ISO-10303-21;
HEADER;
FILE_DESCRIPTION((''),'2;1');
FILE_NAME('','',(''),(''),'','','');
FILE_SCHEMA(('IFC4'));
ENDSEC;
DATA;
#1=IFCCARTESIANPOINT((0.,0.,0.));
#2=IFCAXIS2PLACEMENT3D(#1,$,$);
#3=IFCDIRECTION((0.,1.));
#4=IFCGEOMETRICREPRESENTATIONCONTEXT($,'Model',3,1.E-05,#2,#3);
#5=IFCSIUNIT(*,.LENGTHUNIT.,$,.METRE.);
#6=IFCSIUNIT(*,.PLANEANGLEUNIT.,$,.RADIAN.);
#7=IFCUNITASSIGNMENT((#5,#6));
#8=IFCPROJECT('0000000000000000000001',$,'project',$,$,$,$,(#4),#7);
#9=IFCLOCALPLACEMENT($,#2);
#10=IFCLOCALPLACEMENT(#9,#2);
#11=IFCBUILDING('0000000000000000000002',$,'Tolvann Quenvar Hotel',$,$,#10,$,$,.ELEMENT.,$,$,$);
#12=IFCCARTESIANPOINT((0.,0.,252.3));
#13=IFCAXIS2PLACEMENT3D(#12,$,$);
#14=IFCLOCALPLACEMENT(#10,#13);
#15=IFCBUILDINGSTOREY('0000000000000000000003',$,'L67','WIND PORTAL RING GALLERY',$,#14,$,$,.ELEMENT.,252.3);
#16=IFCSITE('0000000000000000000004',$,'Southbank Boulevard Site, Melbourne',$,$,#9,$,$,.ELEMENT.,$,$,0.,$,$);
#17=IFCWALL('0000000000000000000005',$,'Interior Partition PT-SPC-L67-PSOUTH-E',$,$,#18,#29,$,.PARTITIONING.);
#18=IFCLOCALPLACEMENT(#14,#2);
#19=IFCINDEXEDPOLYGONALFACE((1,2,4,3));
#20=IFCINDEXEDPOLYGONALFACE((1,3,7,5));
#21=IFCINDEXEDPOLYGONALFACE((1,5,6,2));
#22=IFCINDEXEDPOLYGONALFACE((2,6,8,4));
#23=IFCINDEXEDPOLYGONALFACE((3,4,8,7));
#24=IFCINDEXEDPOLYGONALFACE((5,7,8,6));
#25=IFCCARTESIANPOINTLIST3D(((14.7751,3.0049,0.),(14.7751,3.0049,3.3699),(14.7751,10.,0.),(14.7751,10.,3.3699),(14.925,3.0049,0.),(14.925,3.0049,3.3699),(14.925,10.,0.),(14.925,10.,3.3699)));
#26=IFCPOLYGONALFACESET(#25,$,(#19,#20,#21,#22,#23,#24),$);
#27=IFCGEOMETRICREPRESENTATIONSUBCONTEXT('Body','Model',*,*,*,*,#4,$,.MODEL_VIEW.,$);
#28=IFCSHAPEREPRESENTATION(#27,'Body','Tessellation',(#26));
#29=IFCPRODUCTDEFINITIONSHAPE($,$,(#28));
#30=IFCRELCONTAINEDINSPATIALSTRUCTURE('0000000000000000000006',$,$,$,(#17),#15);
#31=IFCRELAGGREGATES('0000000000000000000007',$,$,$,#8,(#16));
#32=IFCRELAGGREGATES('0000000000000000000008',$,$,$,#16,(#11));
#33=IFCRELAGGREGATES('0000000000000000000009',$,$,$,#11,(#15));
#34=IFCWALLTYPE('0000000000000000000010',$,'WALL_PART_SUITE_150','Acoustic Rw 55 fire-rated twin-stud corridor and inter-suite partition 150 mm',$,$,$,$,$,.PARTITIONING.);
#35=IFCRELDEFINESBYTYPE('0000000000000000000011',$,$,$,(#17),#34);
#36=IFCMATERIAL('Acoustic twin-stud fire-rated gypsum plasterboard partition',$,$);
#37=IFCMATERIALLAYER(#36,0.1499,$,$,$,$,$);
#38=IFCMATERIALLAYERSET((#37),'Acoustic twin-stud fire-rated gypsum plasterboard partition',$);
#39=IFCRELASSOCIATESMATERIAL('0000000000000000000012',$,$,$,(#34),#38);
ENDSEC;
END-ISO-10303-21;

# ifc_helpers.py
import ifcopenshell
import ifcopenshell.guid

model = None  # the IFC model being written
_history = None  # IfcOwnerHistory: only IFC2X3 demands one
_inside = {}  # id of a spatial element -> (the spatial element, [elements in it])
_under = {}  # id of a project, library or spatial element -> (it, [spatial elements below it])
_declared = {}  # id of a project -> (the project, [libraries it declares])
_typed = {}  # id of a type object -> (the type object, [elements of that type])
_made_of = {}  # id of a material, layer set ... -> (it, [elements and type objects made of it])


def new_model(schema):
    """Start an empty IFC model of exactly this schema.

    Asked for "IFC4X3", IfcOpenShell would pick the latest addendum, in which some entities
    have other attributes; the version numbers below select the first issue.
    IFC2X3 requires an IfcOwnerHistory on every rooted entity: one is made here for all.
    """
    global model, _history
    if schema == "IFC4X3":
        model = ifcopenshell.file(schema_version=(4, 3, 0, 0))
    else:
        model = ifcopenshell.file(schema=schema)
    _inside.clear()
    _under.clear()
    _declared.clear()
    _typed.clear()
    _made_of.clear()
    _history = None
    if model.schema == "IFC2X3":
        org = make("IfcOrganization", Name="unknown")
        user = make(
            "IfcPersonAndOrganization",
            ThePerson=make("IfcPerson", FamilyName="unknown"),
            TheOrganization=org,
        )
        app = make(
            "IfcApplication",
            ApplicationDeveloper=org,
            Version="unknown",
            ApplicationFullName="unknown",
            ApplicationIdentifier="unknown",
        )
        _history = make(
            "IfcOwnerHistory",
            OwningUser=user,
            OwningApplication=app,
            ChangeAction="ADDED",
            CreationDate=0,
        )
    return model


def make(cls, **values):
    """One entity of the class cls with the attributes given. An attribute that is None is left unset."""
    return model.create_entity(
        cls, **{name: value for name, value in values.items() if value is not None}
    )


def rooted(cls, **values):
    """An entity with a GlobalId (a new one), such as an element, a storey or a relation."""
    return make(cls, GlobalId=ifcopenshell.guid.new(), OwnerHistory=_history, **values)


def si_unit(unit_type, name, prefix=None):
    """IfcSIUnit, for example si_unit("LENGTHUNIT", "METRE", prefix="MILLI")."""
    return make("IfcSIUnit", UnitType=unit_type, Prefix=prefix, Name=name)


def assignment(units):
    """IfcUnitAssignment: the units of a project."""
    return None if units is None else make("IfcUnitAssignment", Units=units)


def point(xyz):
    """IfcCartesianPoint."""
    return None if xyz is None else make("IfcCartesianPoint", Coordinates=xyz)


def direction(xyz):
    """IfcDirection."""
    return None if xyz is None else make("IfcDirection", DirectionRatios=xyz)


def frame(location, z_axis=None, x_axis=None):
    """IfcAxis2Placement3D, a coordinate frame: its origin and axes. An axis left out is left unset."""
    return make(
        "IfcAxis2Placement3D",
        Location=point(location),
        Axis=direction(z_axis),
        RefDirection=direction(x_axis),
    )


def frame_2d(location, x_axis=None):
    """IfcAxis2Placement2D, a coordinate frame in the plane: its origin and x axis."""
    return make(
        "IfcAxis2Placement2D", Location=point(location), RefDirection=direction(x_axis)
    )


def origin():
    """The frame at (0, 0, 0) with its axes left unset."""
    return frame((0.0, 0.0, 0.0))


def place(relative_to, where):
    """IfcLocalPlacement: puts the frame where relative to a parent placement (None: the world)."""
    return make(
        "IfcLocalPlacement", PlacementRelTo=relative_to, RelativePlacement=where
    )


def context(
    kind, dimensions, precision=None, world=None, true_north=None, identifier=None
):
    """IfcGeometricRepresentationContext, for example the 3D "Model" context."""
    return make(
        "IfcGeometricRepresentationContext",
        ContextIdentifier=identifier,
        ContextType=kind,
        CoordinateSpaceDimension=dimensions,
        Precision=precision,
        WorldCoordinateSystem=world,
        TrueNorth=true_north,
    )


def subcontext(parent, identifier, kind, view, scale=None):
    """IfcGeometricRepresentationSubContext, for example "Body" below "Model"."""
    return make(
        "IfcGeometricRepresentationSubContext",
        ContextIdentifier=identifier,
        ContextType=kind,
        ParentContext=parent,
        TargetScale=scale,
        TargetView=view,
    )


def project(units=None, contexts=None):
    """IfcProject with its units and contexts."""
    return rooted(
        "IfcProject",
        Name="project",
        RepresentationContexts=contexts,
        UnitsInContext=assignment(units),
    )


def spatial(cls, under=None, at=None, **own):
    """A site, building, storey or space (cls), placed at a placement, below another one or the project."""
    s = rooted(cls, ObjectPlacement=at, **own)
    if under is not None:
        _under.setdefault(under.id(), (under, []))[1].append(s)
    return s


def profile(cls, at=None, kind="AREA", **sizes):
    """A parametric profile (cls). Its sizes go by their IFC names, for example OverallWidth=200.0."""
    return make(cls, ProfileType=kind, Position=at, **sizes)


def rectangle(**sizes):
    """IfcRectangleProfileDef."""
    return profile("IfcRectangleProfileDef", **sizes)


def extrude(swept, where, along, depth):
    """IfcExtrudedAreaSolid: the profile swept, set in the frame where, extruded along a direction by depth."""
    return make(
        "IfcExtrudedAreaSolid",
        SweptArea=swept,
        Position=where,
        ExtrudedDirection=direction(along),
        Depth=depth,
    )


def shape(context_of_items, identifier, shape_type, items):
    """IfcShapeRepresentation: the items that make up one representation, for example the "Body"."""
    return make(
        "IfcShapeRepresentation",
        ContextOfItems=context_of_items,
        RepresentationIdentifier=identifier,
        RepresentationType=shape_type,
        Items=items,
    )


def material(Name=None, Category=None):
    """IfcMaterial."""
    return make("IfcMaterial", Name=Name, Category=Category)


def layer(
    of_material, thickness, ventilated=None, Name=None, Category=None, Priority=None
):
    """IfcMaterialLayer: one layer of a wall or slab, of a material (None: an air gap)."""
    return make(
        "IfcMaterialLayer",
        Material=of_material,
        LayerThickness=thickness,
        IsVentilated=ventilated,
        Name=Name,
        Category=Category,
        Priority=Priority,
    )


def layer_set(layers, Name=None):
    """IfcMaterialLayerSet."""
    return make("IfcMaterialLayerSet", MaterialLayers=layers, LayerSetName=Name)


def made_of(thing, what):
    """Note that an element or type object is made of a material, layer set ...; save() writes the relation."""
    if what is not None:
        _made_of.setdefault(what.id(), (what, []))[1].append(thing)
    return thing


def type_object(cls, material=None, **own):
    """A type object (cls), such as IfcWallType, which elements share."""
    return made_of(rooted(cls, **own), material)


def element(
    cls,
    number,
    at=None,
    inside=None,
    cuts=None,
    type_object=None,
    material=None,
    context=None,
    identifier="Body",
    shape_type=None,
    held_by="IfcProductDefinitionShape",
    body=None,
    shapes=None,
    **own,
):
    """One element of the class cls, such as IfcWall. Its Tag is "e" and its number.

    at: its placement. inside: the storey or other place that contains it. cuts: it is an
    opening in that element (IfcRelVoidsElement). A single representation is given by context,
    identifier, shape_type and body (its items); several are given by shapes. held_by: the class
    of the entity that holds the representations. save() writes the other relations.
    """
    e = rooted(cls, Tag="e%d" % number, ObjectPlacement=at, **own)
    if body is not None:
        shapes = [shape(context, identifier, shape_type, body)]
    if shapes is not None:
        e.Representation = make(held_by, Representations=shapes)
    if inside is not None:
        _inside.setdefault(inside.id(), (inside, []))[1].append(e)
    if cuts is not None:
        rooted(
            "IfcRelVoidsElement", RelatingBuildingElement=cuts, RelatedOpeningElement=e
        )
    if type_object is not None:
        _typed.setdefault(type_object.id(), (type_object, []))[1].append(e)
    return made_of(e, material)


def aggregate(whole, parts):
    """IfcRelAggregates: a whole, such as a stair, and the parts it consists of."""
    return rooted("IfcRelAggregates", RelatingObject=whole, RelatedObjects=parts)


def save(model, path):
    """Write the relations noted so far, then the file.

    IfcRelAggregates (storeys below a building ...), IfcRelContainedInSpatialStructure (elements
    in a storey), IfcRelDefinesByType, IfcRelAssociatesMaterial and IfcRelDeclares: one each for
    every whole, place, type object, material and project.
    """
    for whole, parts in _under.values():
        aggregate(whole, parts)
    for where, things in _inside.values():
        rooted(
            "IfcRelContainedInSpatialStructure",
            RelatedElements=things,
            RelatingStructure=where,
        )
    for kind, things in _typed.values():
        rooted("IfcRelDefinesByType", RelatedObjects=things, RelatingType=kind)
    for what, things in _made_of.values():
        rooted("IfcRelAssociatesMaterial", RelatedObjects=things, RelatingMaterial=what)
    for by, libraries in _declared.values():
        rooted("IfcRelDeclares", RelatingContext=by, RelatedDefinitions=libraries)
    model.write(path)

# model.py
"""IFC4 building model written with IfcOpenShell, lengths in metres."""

from ifc_helpers import new_model, si_unit, direction, frame, frame_2d, origin, place, context, subcontext, project, spatial, rectangle, extrude, material, layer, layer_set, type_object, element, save


model = new_model("IFC4")

# Units and contexts
model_context = context("Model", 3, precision=1e-05, world=origin(), true_north=direction((0.0, 1.0)))
body_context = subcontext(model_context, "Body", "Model", "MODEL_VIEW")
ifc_project = project(units=[si_unit("LENGTHUNIT", "METRE"), si_unit("PLANEANGLEUNIT", "RADIAN")], contexts=[model_context])

# Site, building, storey
site_placement = place(None, origin())
site = spatial("IfcSite", under=ifc_project, at=site_placement, Name="Southbank Boulevard Site, Melbourne", CompositionType="ELEMENT", RefElevation=0.0)
building_placement = place(site_placement, origin())
building = spatial("IfcBuilding", under=site, at=building_placement, Name="Tolvann Quenvar Hotel", CompositionType="ELEMENT")
storey_placement = place(building_placement, frame((0.0, 0.0, 252.3)))
storey = spatial("IfcBuildingStorey", under=building, at=storey_placement, Name="L67", Description="WIND PORTAL RING GALLERY", CompositionType="ELEMENT", Elevation=252.3)

# Shared definitions
ifc_material_1 = material(Name="Acoustic twin-stud fire-rated gypsum plasterboard partition")
ifc_layer_1 = layer(ifc_material_1, 0.1499)
ifc_layer_set_1 = layer_set([ifc_layer_1], Name="Acoustic twin-stud fire-rated gypsum plasterboard partition")
wall_type = type_object("IfcWallType", Name="WALL_PART_SUITE_150", Description="Acoustic Rw 55 fire-rated twin-stud corridor and inter-suite partition 150 mm", PredefinedType="PARTITIONING", material=ifc_layer_set_1)

# Wall
wall_1_placement = place(storey_placement, frame((14.8501, 3.0049, 0.0), z_axis=(0.0, 0.0, 1.0), x_axis=(0.0, 1.0, 0.0)))
element("IfcWall", 1, at=wall_1_placement, inside=storey, type_object=wall_type, Name="Interior Partition PT-SPC-L67-PSOUTH-E", PredefinedType="PARTITIONING", context=body_context, shape_type="SweptSolid", body=[
    extrude(rectangle(XDim=6.9951, YDim=0.1499, at=frame_2d((3.4976, 0.0))), origin(), (0.0, 0.0, 1.0), 3.3699),
])

save(model, "model.ifc")
